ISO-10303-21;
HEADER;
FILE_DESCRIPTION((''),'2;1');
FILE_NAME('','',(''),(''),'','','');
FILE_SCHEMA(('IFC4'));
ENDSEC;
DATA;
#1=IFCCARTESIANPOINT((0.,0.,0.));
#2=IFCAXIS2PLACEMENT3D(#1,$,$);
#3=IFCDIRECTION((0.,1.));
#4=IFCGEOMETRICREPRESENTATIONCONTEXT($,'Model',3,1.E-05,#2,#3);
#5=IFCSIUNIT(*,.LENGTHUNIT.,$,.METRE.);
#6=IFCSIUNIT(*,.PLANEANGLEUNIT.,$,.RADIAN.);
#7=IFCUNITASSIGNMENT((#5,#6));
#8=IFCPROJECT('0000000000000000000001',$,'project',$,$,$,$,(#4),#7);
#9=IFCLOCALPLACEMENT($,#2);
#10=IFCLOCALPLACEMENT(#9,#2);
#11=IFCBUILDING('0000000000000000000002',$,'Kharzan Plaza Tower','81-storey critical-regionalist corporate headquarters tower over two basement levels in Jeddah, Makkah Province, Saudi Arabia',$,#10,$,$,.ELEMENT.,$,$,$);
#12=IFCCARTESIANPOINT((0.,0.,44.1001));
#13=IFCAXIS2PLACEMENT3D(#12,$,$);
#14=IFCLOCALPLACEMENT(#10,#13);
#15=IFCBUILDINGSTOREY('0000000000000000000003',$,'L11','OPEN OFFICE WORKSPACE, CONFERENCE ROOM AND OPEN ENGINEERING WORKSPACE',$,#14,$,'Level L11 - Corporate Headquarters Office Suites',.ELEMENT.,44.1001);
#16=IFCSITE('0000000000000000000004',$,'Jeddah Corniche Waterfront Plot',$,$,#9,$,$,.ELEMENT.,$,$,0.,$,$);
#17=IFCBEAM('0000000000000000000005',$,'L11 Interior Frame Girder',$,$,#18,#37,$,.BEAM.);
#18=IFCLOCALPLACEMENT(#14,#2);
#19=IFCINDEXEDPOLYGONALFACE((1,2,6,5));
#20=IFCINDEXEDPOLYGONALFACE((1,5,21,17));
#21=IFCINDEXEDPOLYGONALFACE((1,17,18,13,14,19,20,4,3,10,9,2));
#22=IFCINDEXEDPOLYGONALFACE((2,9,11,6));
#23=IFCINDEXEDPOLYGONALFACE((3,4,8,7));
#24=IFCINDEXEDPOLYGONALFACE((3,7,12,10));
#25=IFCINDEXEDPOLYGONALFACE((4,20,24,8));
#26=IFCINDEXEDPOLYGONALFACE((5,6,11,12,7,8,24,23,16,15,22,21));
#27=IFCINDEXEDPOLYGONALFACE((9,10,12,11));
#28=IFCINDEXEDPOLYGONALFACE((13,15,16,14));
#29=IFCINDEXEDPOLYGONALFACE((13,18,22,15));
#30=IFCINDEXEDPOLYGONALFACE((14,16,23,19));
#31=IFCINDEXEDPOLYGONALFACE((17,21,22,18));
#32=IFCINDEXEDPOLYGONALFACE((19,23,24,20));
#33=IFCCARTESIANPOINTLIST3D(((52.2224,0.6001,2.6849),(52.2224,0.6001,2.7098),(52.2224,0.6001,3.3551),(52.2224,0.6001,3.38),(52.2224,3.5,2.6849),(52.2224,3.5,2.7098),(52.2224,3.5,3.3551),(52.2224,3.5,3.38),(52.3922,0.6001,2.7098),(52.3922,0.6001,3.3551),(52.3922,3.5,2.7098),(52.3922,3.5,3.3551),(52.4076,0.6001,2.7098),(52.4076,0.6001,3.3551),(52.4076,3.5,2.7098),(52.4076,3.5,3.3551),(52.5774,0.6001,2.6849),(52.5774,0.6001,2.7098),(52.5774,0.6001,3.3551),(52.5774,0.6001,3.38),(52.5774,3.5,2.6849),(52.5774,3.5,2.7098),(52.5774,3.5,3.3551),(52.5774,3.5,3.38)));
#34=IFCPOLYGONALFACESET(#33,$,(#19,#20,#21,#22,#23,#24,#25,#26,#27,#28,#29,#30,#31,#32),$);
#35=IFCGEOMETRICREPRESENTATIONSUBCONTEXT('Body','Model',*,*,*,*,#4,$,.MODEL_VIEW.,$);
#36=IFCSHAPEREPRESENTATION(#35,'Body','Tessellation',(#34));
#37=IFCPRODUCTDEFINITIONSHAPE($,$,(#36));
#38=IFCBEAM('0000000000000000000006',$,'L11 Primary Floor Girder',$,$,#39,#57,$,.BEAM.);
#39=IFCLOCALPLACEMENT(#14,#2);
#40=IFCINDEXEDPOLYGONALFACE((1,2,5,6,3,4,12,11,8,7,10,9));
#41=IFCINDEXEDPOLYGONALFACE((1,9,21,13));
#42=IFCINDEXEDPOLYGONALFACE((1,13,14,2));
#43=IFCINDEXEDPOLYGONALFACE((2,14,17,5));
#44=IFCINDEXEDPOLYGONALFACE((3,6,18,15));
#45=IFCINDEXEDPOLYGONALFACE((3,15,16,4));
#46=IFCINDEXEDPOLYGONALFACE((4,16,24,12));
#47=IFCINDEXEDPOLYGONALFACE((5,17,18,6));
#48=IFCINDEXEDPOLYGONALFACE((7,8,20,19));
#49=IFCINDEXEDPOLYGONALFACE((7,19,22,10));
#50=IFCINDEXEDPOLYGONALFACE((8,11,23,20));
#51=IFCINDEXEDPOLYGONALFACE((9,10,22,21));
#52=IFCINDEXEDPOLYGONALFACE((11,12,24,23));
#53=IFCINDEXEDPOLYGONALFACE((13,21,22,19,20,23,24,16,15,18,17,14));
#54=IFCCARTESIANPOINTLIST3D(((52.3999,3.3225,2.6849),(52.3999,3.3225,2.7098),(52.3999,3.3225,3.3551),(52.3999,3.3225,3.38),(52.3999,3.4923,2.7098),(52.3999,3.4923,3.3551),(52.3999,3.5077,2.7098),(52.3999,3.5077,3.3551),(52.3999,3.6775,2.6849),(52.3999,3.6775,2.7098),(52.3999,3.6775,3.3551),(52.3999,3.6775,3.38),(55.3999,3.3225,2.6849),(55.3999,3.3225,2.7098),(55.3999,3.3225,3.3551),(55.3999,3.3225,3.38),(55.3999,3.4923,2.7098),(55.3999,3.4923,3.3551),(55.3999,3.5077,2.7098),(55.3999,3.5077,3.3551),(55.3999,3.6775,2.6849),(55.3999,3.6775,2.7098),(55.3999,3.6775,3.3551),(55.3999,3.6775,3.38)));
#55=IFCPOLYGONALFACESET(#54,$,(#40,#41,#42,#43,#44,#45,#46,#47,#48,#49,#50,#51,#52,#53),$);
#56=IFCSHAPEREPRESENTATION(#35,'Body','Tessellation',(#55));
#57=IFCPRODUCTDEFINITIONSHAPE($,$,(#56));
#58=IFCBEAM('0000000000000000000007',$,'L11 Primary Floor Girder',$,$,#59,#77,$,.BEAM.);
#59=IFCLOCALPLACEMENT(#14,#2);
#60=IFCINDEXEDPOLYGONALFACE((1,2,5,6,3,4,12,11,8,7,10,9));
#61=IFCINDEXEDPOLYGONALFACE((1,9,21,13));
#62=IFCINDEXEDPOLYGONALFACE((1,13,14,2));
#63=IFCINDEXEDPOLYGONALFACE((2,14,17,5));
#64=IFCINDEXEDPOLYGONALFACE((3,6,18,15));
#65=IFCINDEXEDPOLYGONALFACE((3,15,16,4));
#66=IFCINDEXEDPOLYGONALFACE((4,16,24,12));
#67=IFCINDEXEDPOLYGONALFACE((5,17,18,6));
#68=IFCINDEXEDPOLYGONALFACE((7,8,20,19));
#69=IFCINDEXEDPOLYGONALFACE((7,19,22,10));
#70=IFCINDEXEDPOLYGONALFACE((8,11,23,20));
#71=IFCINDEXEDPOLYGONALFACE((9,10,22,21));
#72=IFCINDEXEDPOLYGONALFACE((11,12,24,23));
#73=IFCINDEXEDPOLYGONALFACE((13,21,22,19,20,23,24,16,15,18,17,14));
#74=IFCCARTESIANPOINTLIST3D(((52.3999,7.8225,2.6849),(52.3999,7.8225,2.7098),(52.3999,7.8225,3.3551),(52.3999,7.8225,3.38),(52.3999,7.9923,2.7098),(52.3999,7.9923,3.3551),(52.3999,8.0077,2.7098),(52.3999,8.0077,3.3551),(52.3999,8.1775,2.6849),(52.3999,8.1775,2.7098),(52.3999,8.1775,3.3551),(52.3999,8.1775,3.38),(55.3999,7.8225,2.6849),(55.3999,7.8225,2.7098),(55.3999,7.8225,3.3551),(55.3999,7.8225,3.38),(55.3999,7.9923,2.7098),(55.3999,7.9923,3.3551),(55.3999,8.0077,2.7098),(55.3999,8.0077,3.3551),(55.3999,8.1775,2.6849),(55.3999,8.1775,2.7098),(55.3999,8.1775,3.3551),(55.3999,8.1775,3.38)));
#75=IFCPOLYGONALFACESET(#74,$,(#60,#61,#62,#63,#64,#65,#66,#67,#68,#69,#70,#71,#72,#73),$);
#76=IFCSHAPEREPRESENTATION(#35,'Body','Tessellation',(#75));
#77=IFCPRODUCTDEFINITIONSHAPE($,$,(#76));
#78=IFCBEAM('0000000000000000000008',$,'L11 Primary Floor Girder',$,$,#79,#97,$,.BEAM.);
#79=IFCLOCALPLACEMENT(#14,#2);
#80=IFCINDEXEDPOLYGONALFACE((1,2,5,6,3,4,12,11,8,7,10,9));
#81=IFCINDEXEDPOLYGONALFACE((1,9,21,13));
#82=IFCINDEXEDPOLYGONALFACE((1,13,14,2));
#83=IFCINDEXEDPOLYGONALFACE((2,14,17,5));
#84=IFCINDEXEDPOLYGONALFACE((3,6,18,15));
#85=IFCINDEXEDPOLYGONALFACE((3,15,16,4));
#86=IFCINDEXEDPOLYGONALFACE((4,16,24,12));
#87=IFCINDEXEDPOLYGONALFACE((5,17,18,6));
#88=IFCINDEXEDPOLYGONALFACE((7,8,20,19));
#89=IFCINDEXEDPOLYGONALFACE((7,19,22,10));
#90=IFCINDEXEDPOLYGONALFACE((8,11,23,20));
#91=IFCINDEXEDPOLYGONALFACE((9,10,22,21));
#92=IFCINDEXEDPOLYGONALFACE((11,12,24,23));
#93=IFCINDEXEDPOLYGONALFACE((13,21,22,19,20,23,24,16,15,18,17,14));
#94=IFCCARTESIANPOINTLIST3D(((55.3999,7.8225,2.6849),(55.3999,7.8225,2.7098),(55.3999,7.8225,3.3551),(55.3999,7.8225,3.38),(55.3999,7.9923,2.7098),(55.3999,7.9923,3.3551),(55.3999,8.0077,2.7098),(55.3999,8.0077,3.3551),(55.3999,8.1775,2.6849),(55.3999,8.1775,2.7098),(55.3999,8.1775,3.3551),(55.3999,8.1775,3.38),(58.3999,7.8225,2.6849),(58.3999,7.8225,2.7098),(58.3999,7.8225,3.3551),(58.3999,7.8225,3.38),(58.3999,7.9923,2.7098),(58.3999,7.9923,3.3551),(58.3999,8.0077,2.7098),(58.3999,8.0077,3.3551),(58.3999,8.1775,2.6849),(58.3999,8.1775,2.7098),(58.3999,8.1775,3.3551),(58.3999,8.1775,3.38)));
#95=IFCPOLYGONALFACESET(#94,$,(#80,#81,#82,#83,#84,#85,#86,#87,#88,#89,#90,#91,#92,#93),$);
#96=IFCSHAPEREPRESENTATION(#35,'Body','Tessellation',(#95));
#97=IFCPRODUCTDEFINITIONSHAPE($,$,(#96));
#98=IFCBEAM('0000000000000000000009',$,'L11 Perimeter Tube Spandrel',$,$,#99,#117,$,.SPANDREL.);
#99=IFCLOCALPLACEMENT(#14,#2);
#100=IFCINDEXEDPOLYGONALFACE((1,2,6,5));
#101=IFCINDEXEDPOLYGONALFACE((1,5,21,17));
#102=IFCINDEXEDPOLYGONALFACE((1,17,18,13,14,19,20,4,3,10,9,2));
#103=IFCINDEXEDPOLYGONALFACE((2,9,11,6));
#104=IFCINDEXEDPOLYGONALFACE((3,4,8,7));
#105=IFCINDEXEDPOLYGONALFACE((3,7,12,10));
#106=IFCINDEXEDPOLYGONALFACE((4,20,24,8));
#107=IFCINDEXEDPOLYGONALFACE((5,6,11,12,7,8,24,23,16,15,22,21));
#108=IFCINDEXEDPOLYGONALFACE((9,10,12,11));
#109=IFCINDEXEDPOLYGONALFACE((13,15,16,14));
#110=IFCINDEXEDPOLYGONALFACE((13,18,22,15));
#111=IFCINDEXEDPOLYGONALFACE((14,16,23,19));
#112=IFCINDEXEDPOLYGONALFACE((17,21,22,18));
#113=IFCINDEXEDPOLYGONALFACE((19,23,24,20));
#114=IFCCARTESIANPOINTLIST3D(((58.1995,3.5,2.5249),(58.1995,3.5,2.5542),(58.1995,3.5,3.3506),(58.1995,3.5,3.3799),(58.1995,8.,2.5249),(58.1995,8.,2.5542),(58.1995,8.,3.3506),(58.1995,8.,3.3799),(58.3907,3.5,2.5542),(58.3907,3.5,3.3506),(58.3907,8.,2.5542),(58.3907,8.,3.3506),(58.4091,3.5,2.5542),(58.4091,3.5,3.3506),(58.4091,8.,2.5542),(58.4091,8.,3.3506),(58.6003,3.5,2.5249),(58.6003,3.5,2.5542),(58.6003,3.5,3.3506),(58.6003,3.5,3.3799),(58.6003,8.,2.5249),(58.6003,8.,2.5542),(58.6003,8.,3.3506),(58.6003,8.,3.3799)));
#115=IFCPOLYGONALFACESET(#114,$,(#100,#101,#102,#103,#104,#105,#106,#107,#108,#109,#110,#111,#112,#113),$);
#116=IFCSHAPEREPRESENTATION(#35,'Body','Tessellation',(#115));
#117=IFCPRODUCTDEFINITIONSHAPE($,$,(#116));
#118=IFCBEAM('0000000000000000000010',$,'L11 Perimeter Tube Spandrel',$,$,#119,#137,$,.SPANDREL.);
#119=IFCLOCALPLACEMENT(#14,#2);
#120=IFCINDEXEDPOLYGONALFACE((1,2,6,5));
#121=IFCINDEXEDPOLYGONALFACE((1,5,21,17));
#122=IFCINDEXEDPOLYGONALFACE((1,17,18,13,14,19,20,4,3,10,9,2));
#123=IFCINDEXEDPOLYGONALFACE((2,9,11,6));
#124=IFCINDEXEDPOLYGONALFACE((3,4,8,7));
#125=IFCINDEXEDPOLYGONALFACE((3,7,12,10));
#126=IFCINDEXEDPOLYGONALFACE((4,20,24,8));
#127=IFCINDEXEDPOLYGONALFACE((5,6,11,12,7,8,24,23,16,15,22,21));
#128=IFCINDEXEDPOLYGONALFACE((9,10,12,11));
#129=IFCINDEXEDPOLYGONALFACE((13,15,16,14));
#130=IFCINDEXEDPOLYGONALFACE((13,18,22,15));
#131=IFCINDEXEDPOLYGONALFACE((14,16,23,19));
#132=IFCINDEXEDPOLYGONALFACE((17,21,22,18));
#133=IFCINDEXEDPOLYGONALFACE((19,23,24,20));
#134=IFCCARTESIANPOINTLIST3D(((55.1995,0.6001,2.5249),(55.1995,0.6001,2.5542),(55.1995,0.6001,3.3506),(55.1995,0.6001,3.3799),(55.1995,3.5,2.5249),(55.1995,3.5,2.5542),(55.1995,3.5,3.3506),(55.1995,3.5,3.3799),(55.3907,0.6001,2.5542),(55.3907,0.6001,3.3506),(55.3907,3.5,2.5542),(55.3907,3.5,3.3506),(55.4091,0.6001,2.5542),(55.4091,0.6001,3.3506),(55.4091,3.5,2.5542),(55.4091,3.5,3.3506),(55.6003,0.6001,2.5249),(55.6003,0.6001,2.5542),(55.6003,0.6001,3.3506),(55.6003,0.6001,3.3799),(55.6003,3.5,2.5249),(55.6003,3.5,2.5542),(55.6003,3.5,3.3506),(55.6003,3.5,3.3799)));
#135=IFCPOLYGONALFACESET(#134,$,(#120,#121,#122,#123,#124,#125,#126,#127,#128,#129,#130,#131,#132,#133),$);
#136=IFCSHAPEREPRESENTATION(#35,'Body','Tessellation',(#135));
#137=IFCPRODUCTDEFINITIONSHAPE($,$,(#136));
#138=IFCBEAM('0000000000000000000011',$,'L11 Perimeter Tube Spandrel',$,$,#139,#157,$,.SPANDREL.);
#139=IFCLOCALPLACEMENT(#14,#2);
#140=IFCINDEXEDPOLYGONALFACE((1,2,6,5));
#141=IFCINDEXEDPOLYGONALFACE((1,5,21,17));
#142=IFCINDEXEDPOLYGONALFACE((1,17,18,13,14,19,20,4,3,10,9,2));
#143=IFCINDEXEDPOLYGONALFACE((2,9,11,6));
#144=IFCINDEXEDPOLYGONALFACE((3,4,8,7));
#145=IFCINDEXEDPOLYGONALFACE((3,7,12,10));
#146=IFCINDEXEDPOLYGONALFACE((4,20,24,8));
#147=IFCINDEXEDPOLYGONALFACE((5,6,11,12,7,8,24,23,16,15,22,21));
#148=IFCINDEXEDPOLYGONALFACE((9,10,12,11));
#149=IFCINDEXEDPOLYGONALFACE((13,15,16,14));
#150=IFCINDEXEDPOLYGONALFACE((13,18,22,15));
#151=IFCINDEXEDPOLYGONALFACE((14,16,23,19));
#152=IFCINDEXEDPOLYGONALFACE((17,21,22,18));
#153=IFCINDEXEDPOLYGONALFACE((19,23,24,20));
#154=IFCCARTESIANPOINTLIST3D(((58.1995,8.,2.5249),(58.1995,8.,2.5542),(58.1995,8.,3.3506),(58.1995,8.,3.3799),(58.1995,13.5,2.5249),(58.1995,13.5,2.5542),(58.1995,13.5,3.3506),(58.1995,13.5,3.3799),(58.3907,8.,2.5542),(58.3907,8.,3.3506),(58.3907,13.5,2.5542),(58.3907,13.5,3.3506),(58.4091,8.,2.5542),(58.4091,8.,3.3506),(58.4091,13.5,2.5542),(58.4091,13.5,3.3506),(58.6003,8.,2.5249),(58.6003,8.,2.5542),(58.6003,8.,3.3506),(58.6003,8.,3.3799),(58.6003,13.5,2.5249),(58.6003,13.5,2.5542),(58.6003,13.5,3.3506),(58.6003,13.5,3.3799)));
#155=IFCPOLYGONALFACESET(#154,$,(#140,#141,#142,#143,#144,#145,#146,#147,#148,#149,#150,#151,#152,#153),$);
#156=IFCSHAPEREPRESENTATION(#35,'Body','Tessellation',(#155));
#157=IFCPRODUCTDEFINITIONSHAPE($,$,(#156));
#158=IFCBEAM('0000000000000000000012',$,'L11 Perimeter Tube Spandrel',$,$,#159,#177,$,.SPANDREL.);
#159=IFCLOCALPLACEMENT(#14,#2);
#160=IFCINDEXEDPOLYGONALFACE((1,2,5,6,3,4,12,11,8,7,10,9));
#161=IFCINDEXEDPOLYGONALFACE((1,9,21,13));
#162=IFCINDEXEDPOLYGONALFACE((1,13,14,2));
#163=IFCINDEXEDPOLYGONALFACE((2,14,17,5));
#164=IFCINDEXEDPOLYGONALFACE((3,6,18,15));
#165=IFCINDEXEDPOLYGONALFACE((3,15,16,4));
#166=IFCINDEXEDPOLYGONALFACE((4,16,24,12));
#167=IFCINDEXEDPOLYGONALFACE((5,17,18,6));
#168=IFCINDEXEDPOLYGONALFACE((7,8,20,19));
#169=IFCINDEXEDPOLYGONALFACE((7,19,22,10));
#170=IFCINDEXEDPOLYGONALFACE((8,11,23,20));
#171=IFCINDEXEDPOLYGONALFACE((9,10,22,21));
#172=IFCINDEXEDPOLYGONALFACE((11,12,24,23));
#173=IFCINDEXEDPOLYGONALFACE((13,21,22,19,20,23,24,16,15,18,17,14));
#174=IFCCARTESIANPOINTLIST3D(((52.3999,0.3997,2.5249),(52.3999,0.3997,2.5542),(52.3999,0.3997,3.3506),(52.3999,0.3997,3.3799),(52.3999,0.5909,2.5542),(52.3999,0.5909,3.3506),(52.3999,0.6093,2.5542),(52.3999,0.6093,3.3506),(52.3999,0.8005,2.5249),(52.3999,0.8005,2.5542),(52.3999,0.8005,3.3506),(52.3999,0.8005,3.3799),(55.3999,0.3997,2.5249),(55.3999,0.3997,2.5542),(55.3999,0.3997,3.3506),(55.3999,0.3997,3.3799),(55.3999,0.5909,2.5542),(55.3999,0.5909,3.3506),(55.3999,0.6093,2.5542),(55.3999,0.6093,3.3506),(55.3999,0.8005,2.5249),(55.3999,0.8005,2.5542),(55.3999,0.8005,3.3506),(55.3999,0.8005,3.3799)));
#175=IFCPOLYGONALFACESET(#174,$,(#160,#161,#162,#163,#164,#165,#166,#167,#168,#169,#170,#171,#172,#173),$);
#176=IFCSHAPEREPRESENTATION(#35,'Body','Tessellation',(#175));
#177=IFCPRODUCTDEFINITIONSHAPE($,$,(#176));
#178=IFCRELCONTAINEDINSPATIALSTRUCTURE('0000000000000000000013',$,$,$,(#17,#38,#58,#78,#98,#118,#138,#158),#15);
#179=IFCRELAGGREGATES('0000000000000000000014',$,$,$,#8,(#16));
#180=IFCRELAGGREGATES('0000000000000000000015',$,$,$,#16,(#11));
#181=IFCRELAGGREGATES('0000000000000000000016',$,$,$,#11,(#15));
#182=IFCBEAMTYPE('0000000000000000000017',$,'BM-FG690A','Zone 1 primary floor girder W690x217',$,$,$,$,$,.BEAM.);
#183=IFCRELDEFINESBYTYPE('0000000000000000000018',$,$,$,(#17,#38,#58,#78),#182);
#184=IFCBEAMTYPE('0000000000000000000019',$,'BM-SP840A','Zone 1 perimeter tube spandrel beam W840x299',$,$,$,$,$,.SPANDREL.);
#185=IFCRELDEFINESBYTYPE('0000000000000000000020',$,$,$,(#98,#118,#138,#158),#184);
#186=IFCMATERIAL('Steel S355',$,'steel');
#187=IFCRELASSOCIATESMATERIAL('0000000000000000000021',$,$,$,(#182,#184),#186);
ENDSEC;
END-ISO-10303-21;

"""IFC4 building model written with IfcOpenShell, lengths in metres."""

from ifc_helpers import new_model, si_unit, direction, frame, origin, origin_2d, place, context, subcontext, project, spatial, i_section, extrude, source, transform, mapped, material, material_profile, profile_set, type_object, element, save


model = new_model("IFC4")

# Units and contexts
model_context = context("Model", 3, precision=1e-05, world=origin(), true_north=direction((0.0, 1.0)))
body_context = subcontext(model_context, "Body", "Model", "MODEL_VIEW")
ifc_project = project(units=[si_unit("LENGTHUNIT", "METRE"), si_unit("PLANEANGLEUNIT", "RADIAN")], contexts=[model_context])

# Site, building, storey
site_placement = place(None, origin())
site = spatial("IfcSite", under=ifc_project, at=site_placement, Name="Jeddah Corniche Waterfront Plot", CompositionType="ELEMENT", RefElevation=0.0)
building_placement = place(site_placement, origin())
building = spatial("IfcBuilding", under=site, at=building_placement, Name="Kharzan Plaza Tower", Description="81-storey critical-regionalist corporate headquarters tower over two basement levels in Jeddah, Makkah Province, Saudi Arabia", CompositionType="ELEMENT")
storey_placement = place(building_placement, frame((0.0, 0.0, 44.1001)))
storey = spatial("IfcBuildingStorey", under=building, at=storey_placement, Name="L11", Description="OPEN OFFICE WORKSPACE, CONFERENCE ROOM AND OPEN ENGINEERING WORKSPACE", LongName="Level L11 - Corporate Headquarters Office Suites", CompositionType="ELEMENT", Elevation=44.1001)

# Beams
ifc_material_1 = material(Name="Steel S355", Category="steel")
ifc_material_profile_1 = material_profile(ifc_material_1, i_section(OverallWidth=0.355, OverallDepth=0.6951, WebThickness=0.0154, FlangeThickness=0.0249, at=origin_2d()), Name="W690x217")
ifc_profile_set_1 = profile_set([ifc_material_profile_1], Name="Steel S355")
beam_type_1 = type_object("IfcBeamType", Name="BM-FG690A", Description="Zone 1 primary floor girder W690x217", PredefinedType="BEAM", material=ifc_profile_set_1)
shared_shape_1 = source(origin(), body_context, "Body", "SweptSolid", [
    extrude(i_section(OverallWidth=0.355, OverallDepth=0.6951, WebThickness=0.0154, FlangeThickness=0.0249, at=origin_2d()), origin(), (0.0, 0.0, 1.0), 2.8999),
])
beam_1_placement = place(storey_placement, frame((52.3999, 0.6001, 3.0325), z_axis=(0.0, 1.0, 0.0), x_axis=(-1.0, 0.0, 0.0)))
element("IfcBeam", 1, at=beam_1_placement, inside=storey, type_object=beam_type_1, Name="L11 Interior Frame Girder", PredefinedType="BEAM", context=body_context, shape_type="MappedRepresentation", body=[
    mapped(shared_shape_1, transform((0.0, 0.0, 0.0), x_axis=(1.0, 0.0, 0.0), y_axis=(0.0, 1.0, 0.0), z_axis=(0.0, 0.0, 1.0))),
])
shared_shape_2 = source(origin(), body_context, "Body", "SweptSolid", [
    extrude(i_section(OverallWidth=0.355, OverallDepth=0.6951, WebThickness=0.0154, FlangeThickness=0.0249, at=origin_2d()), origin(), (0.0, 0.0, 1.0), 3.0),
])
for number, where, z_axis, x_axis, name in (
    (2, (52.3999, 3.5, 3.0325), (1.0, 0.0, 0.0), (0.0, 1.0, 0.0), "L11 Primary Floor Girder"),
    (3, (52.3999, 8.0, 3.0325), (1.0, 0.0, 0.0), (0.0, 1.0, 0.0), "L11 Primary Floor Girder"),
    (4, (55.3999, 8.0, 3.0325), (1.0, 0.0, 0.0), (0.0, 1.0, 0.0), "L11 Primary Floor Girder"),
):
    element("IfcBeam", number, at=place(storey_placement, frame(where, z_axis=z_axis, x_axis=x_axis)), inside=storey, type_object=beam_type_1, Name=name, PredefinedType="BEAM", context=body_context, shape_type="MappedRepresentation", body=[
        mapped(shared_shape_2, transform((0.0, 0.0, 0.0), x_axis=(1.0, 0.0, 0.0), y_axis=(0.0, 1.0, 0.0), z_axis=(0.0, 0.0, 1.0))),
    ])
ifc_material_profile_2 = material_profile(ifc_material_1, i_section(OverallWidth=0.4009, OverallDepth=0.855, WebThickness=0.0183, FlangeThickness=0.0293, at=origin_2d()), Name="W840x299")
ifc_profile_set_2 = profile_set([ifc_material_profile_2], Name="Steel S355")
beam_type_2 = type_object("IfcBeamType", Name="BM-SP840A", Description="Zone 1 perimeter tube spandrel beam W840x299", PredefinedType="SPANDREL", material=ifc_profile_set_2)
shared_shape_3 = source(origin(), body_context, "Body", "SweptSolid", [
    extrude(i_section(OverallWidth=0.4009, OverallDepth=0.855, WebThickness=0.0183, FlangeThickness=0.0293, at=origin_2d()), origin(), (0.0, 0.0, 1.0), 4.5),
])
beam_2_placement = place(storey_placement, frame((58.3999, 3.5, 2.9524), z_axis=(0.0, 1.0, 0.0), x_axis=(-1.0, 0.0, 0.0)))
element("IfcBeam", 5, at=beam_2_placement, inside=storey, type_object=beam_type_2, Name="L11 Perimeter Tube Spandrel", PredefinedType="SPANDREL", context=body_context, shape_type="MappedRepresentation", body=[
    mapped(shared_shape_3, transform((0.0, 0.0, 0.0), x_axis=(1.0, 0.0, 0.0), y_axis=(0.0, 1.0, 0.0), z_axis=(0.0, 0.0, 1.0))),
])
shared_shape_4 = source(origin(), body_context, "Body", "SweptSolid", [
    extrude(i_section(OverallWidth=0.4009, OverallDepth=0.855, WebThickness=0.0183, FlangeThickness=0.0293, at=origin_2d()), origin(), (0.0, 0.0, 1.0), 2.8999),
])
beam_3_placement = place(storey_placement, frame((55.3999, 0.6001, 2.9524), z_axis=(0.0, 1.0, 0.0), x_axis=(-1.0, 0.0, 0.0)))
element("IfcBeam", 6, at=beam_3_placement, inside=storey, type_object=beam_type_2, Name="L11 Perimeter Tube Spandrel", PredefinedType="SPANDREL", context=body_context, shape_type="MappedRepresentation", body=[
    mapped(shared_shape_4, transform((0.0, 0.0, 0.0), x_axis=(1.0, 0.0, 0.0), y_axis=(0.0, 1.0, 0.0), z_axis=(0.0, 0.0, 1.0))),
])
shared_shape_5 = source(origin(), body_context, "Body", "SweptSolid", [
    extrude(i_section(OverallWidth=0.4009, OverallDepth=0.855, WebThickness=0.0183, FlangeThickness=0.0293, at=origin_2d()), origin(), (0.0, 0.0, 1.0), 5.5),
])
beam_4_placement = place(storey_placement, frame((58.3999, 8.0, 2.9524), z_axis=(0.0, 1.0, 0.0), x_axis=(-1.0, 0.0, 0.0)))
element("IfcBeam", 7, at=beam_4_placement, inside=storey, type_object=beam_type_2, Name="L11 Perimeter Tube Spandrel", PredefinedType="SPANDREL", context=body_context, shape_type="MappedRepresentation", body=[
    mapped(shared_shape_5, transform((0.0, 0.0, 0.0), x_axis=(1.0, 0.0, 0.0), y_axis=(0.0, 1.0, 0.0), z_axis=(0.0, 0.0, 1.0))),
])
shared_shape_6 = source(origin(), body_context, "Body", "SweptSolid", [
    extrude(i_section(OverallWidth=0.4009, OverallDepth=0.855, WebThickness=0.0183, FlangeThickness=0.0293, at=origin_2d()), origin(), (0.0, 0.0, 1.0), 3.0),
])
for number, where, z_axis, x_axis, name in (
    (8, (52.3999, 0.6001, 2.9524), (1.0, 0.0, 0.0), (0.0, 1.0, 0.0), "L11 Perimeter Tube Spandrel"),
):
    element("IfcBeam", number, at=place(storey_placement, frame(where, z_axis=z_axis, x_axis=x_axis)), inside=storey, type_object=beam_type_2, Name=name, PredefinedType="SPANDREL", context=body_context, shape_type="MappedRepresentation", body=[
        mapped(shared_shape_6, transform((0.0, 0.0, 0.0), x_axis=(1.0, 0.0, 0.0), y_axis=(0.0, 1.0, 0.0), z_axis=(0.0, 0.0, 1.0))),
    ])

save(model, "model.ifc")
